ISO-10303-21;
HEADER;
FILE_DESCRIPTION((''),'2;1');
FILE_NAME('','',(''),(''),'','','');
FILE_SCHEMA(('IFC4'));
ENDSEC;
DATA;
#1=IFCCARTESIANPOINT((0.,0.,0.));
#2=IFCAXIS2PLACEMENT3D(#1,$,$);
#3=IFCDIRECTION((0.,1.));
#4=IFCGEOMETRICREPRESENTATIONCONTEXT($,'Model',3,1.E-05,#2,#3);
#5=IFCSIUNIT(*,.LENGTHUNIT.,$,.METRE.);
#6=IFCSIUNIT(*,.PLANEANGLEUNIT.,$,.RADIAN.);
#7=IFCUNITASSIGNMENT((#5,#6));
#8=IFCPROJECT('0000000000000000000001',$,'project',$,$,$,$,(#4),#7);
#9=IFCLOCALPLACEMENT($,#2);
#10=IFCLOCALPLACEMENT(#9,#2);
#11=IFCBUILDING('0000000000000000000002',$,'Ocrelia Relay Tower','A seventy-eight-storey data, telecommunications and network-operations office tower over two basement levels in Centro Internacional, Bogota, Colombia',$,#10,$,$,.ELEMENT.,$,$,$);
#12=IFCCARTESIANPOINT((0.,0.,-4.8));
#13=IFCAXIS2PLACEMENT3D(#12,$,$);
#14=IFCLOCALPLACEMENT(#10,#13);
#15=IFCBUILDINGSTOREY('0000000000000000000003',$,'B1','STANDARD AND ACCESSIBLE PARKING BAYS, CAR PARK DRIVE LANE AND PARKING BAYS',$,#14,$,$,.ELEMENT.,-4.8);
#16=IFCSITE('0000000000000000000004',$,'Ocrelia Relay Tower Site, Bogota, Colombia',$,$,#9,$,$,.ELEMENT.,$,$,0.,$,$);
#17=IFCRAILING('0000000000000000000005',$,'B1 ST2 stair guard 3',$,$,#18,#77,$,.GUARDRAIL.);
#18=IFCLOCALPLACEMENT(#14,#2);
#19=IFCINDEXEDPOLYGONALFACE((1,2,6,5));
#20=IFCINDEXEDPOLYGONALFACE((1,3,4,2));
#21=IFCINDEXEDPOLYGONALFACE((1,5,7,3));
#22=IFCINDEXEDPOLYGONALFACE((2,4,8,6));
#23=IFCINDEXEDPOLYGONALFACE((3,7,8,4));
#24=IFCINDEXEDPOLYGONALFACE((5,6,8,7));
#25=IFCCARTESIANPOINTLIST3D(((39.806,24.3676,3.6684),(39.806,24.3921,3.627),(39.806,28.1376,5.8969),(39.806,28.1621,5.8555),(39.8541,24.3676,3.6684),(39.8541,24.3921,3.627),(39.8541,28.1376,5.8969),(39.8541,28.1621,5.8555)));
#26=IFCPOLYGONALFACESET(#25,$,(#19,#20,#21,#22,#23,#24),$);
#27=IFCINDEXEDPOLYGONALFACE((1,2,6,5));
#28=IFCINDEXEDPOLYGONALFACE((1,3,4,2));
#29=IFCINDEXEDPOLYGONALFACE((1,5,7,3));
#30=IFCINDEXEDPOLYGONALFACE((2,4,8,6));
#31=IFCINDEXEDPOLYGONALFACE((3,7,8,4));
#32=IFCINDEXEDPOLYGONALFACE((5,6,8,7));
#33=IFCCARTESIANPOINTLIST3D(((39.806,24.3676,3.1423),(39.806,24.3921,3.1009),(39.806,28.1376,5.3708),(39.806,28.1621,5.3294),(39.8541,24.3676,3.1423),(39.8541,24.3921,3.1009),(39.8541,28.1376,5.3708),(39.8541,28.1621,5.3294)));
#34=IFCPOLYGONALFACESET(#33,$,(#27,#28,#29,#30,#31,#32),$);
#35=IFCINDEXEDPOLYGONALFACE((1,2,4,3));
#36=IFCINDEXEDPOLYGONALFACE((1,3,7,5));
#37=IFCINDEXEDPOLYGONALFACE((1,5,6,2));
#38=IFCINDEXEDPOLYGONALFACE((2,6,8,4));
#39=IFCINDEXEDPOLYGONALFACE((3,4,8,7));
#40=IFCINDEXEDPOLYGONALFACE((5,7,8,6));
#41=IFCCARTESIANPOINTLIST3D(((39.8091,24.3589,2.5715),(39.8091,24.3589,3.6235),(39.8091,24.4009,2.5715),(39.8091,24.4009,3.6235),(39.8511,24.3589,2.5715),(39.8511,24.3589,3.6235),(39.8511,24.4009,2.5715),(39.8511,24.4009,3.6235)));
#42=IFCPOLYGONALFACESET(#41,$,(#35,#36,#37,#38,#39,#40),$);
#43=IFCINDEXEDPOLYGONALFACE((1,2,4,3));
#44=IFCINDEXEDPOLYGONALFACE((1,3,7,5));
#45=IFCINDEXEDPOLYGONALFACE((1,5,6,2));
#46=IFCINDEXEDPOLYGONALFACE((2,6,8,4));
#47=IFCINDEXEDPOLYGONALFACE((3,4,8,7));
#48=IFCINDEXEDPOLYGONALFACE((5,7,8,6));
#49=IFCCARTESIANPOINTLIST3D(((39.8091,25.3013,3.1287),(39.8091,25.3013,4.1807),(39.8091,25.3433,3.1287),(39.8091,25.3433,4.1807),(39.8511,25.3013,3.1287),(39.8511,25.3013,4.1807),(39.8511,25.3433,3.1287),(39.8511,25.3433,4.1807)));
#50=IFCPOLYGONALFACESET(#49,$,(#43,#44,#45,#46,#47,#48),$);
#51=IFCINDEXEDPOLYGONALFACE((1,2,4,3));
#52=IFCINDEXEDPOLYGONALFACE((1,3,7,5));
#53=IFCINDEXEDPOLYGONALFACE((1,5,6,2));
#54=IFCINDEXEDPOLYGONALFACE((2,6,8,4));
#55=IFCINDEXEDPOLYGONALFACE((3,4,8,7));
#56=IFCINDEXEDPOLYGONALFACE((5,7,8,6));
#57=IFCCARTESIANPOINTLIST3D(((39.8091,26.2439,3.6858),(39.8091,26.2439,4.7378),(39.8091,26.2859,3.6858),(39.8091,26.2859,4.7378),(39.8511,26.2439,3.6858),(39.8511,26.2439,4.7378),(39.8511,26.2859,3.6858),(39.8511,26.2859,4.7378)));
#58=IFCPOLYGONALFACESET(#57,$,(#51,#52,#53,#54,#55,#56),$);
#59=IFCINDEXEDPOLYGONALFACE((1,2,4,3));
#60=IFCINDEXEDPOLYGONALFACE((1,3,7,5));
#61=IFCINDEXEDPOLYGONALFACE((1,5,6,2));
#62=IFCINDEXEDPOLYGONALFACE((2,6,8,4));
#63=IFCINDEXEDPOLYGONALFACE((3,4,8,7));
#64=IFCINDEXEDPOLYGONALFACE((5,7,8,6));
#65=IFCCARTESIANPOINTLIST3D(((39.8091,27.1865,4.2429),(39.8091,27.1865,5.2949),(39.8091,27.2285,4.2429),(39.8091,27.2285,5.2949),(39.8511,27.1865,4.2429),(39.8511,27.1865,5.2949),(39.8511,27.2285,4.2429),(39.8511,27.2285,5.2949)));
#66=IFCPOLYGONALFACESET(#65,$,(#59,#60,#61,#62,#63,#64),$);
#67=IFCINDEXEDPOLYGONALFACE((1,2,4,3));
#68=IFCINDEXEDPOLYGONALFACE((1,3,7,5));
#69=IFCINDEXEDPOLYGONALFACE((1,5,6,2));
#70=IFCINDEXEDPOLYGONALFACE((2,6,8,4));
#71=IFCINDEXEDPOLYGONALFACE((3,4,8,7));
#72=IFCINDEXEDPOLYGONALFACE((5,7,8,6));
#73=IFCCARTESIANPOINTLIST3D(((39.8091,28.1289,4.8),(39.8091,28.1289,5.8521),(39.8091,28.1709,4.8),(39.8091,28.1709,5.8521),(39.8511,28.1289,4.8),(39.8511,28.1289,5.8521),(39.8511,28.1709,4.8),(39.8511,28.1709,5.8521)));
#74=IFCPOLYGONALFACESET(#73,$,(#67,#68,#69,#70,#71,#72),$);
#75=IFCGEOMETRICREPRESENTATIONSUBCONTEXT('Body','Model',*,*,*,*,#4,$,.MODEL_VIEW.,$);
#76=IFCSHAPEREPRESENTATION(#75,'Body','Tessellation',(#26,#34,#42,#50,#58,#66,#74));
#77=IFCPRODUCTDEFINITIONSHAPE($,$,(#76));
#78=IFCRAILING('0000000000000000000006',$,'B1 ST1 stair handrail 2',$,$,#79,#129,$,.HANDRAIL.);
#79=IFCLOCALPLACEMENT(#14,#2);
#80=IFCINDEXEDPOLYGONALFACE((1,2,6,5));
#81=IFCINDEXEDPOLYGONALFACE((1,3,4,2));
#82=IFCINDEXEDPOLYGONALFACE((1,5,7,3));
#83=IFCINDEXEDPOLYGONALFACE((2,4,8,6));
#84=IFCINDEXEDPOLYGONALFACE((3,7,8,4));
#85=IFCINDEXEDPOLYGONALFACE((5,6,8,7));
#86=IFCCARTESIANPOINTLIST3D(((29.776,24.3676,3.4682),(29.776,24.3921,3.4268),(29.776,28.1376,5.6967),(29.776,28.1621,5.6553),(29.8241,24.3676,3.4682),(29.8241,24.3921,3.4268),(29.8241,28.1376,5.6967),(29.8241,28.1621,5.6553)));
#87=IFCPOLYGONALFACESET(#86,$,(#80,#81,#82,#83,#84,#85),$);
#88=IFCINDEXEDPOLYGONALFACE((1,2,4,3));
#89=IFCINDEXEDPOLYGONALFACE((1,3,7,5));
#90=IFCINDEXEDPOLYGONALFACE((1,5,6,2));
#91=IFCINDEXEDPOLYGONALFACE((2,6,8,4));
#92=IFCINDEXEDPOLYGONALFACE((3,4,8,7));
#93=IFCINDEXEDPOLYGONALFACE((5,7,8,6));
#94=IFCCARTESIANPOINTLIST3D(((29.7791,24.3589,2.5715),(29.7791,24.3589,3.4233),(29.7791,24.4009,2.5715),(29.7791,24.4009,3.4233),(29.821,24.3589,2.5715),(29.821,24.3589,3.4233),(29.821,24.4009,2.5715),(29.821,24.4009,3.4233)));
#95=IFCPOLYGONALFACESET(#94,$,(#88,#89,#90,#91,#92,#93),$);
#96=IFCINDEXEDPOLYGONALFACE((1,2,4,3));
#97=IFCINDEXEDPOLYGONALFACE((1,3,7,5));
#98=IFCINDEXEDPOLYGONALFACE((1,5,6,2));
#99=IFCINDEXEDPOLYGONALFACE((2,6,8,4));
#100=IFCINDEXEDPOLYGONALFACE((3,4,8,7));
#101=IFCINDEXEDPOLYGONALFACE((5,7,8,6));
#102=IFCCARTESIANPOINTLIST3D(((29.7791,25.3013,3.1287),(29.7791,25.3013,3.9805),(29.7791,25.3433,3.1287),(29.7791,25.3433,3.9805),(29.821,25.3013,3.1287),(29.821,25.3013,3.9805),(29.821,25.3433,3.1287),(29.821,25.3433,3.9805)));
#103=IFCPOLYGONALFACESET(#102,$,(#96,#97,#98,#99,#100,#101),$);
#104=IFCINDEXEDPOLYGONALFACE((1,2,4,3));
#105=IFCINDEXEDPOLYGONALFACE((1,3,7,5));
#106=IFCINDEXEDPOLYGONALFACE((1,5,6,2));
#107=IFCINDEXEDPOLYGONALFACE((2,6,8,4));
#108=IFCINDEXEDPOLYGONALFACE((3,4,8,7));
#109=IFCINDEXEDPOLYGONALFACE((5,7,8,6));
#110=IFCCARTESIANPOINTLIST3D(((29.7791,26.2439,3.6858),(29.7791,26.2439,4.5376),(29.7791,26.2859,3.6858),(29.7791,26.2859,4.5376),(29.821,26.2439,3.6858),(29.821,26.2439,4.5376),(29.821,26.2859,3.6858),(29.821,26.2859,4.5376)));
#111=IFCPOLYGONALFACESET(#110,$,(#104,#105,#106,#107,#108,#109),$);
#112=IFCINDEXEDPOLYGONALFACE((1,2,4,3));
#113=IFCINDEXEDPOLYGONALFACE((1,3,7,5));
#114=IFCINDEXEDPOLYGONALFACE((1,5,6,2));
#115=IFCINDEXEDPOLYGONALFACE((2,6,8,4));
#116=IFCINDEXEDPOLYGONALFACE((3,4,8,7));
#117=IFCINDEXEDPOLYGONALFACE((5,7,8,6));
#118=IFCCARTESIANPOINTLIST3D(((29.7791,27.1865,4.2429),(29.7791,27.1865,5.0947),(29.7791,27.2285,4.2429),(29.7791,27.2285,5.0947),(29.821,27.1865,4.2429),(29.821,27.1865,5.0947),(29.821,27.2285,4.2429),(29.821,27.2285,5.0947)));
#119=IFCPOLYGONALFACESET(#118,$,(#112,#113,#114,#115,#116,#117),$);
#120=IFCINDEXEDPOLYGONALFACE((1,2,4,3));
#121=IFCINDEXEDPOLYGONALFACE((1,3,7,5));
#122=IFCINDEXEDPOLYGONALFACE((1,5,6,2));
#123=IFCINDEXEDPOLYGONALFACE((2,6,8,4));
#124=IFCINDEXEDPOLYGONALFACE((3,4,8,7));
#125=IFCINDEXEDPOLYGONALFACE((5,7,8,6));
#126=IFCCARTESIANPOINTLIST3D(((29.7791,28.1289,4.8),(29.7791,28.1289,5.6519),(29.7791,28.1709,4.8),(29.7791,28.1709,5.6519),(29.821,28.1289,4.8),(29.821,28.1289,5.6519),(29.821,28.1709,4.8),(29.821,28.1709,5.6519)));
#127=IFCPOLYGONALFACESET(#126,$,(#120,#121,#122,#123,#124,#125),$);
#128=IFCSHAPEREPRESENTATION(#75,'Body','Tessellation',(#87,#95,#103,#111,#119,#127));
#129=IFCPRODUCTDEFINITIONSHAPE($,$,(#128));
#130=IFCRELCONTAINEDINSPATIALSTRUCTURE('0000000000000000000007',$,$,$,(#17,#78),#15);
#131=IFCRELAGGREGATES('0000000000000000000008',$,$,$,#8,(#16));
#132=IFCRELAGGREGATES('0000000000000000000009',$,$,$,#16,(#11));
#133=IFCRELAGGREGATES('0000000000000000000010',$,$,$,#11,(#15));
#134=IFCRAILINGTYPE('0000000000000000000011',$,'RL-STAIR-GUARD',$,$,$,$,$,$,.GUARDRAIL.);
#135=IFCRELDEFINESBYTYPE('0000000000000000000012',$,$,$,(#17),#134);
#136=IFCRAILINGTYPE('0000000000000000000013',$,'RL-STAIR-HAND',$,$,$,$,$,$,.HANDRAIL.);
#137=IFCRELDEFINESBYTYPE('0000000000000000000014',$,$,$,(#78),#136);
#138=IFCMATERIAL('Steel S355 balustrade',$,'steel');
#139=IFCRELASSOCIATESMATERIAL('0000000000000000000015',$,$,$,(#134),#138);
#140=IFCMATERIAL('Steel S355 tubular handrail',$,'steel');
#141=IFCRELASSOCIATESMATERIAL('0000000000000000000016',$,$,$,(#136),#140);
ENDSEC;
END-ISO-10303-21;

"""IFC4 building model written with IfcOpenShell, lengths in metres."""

from ifc_helpers import new_model, si_unit, direction, frame, origin, origin_2d, place, context, subcontext, project, spatial, rectangle, extrude, material, type_object, element, save


model = new_model("IFC4")

# Units and contexts
model_context = context("Model", 3, precision=1e-05, world=origin(), true_north=direction((0.0, 1.0)))
body_context = subcontext(model_context, "Body", "Model", "MODEL_VIEW")
ifc_project = project(units=[si_unit("LENGTHUNIT", "METRE"), si_unit("PLANEANGLEUNIT", "RADIAN")], contexts=[model_context])

# Site, building, storey
site_placement = place(None, origin())
site = spatial("IfcSite", under=ifc_project, at=site_placement, Name="Ocrelia Relay Tower Site, Bogota, Colombia", CompositionType="ELEMENT", RefElevation=0.0)
building_placement = place(site_placement, origin())
building = spatial("IfcBuilding", under=site, at=building_placement, Name="Ocrelia Relay Tower", Description="A seventy-eight-storey data, telecommunications and network-operations office tower over two basement levels in Centro Internacional, Bogota, Colombia", CompositionType="ELEMENT")
storey_placement = place(building_placement, frame((0.0, 0.0, -4.8)))
storey = spatial("IfcBuildingStorey", under=building, at=storey_placement, Name="B1", Description="STANDARD AND ACCESSIBLE PARKING BAYS, CAR PARK DRIVE LANE AND PARKING BAYS", CompositionType="ELEMENT", Elevation=-4.8)

# Railings
ifc_material_1 = material(Name="Steel S355 balustrade", Category="steel")
railing_type_1 = type_object("IfcRailingType", Name="RL-STAIR-GUARD", PredefinedType="GUARDRAIL", material=ifc_material_1)
railing_1_placement = place(storey_placement, frame((39.8301, 24.3799, 2.5715)))
element("IfcRailing", 1, at=railing_1_placement, inside=storey, type_object=railing_type_1, Name="B1 ST2 stair guard 3", PredefinedType="GUARDRAIL", context=body_context, shape_type="SweptSolid", body=[
    extrude(rectangle(XDim=0.0481, YDim=0.0481, at=origin_2d()), frame((0.0, 0.0, 1.0762), z_axis=(0.0, 0.860849, 0.508861), x_axis=(-1.0, 0.0, 0.0)), (0.0, 0.0, 1.0), 4.3794),
    extrude(rectangle(XDim=0.0481, YDim=0.0481, at=origin_2d()), frame((0.0, 0.0, 0.55), z_axis=(0.0, 0.860849, 0.508861), x_axis=(-1.0, 0.0, 0.0)), (0.0, 0.0, 1.0), 4.3794),
    extrude(rectangle(XDim=0.042, YDim=0.042, at=origin_2d()), origin(), (0.0, 0.0, 1.0), 1.052),
    extrude(rectangle(XDim=0.042, YDim=0.042, at=origin_2d()), frame((0.0, 0.9424, 0.5571)), (0.0, 0.0, 1.0), 1.052),
    extrude(rectangle(XDim=0.042, YDim=0.042, at=origin_2d()), frame((0.0, 1.885, 1.1143)), (0.0, 0.0, 1.0), 1.052),
    extrude(rectangle(XDim=0.042, YDim=0.042, at=origin_2d()), frame((0.0, 2.8276, 1.6714)), (0.0, 0.0, 1.0), 1.052),
    extrude(rectangle(XDim=0.042, YDim=0.042, at=origin_2d()), frame((0.0, 3.77, 2.2285)), (0.0, 0.0, 1.0), 1.052),
])
ifc_material_2 = material(Name="Steel S355 tubular handrail", Category="steel")
railing_type_2 = type_object("IfcRailingType", Name="RL-STAIR-HAND", PredefinedType="HANDRAIL", material=ifc_material_2)
railing_2_placement = place(storey_placement, frame((29.8, 24.3799, 2.5715)))
element("IfcRailing", 2, at=railing_2_placement, inside=storey, type_object=railing_type_2, Name="B1 ST1 stair handrail 2", PredefinedType="HANDRAIL", context=body_context, shape_type="SweptSolid", body=[
    extrude(rectangle(XDim=0.0481, YDim=0.0481, at=origin_2d()), frame((0.0, 0.0, 0.876), z_axis=(0.0, 0.860849, 0.508861), x_axis=(-1.0, 0.0, 0.0)), (0.0, 0.0, 1.0), 4.3794),
    extrude(rectangle(XDim=0.042, YDim=0.042, at=origin_2d()), origin(), (0.0, 0.0, 1.0), 0.8518),
    extrude(rectangle(XDim=0.042, YDim=0.042, at=origin_2d()), frame((0.0, 0.9424, 0.5571)), (0.0, 0.0, 1.0), 0.8518),
    extrude(rectangle(XDim=0.042, YDim=0.042, at=origin_2d()), frame((0.0, 1.885, 1.1143)), (0.0, 0.0, 1.0), 0.8518),
    extrude(rectangle(XDim=0.042, YDim=0.042, at=origin_2d()), frame((0.0, 2.8276, 1.6714)), (0.0, 0.0, 1.0), 0.8518),
    extrude(rectangle(XDim=0.042, YDim=0.042, at=origin_2d()), frame((0.0, 3.77, 2.2285)), (0.0, 0.0, 1.0), 0.8518),
])

save(model, "model.ifc")
